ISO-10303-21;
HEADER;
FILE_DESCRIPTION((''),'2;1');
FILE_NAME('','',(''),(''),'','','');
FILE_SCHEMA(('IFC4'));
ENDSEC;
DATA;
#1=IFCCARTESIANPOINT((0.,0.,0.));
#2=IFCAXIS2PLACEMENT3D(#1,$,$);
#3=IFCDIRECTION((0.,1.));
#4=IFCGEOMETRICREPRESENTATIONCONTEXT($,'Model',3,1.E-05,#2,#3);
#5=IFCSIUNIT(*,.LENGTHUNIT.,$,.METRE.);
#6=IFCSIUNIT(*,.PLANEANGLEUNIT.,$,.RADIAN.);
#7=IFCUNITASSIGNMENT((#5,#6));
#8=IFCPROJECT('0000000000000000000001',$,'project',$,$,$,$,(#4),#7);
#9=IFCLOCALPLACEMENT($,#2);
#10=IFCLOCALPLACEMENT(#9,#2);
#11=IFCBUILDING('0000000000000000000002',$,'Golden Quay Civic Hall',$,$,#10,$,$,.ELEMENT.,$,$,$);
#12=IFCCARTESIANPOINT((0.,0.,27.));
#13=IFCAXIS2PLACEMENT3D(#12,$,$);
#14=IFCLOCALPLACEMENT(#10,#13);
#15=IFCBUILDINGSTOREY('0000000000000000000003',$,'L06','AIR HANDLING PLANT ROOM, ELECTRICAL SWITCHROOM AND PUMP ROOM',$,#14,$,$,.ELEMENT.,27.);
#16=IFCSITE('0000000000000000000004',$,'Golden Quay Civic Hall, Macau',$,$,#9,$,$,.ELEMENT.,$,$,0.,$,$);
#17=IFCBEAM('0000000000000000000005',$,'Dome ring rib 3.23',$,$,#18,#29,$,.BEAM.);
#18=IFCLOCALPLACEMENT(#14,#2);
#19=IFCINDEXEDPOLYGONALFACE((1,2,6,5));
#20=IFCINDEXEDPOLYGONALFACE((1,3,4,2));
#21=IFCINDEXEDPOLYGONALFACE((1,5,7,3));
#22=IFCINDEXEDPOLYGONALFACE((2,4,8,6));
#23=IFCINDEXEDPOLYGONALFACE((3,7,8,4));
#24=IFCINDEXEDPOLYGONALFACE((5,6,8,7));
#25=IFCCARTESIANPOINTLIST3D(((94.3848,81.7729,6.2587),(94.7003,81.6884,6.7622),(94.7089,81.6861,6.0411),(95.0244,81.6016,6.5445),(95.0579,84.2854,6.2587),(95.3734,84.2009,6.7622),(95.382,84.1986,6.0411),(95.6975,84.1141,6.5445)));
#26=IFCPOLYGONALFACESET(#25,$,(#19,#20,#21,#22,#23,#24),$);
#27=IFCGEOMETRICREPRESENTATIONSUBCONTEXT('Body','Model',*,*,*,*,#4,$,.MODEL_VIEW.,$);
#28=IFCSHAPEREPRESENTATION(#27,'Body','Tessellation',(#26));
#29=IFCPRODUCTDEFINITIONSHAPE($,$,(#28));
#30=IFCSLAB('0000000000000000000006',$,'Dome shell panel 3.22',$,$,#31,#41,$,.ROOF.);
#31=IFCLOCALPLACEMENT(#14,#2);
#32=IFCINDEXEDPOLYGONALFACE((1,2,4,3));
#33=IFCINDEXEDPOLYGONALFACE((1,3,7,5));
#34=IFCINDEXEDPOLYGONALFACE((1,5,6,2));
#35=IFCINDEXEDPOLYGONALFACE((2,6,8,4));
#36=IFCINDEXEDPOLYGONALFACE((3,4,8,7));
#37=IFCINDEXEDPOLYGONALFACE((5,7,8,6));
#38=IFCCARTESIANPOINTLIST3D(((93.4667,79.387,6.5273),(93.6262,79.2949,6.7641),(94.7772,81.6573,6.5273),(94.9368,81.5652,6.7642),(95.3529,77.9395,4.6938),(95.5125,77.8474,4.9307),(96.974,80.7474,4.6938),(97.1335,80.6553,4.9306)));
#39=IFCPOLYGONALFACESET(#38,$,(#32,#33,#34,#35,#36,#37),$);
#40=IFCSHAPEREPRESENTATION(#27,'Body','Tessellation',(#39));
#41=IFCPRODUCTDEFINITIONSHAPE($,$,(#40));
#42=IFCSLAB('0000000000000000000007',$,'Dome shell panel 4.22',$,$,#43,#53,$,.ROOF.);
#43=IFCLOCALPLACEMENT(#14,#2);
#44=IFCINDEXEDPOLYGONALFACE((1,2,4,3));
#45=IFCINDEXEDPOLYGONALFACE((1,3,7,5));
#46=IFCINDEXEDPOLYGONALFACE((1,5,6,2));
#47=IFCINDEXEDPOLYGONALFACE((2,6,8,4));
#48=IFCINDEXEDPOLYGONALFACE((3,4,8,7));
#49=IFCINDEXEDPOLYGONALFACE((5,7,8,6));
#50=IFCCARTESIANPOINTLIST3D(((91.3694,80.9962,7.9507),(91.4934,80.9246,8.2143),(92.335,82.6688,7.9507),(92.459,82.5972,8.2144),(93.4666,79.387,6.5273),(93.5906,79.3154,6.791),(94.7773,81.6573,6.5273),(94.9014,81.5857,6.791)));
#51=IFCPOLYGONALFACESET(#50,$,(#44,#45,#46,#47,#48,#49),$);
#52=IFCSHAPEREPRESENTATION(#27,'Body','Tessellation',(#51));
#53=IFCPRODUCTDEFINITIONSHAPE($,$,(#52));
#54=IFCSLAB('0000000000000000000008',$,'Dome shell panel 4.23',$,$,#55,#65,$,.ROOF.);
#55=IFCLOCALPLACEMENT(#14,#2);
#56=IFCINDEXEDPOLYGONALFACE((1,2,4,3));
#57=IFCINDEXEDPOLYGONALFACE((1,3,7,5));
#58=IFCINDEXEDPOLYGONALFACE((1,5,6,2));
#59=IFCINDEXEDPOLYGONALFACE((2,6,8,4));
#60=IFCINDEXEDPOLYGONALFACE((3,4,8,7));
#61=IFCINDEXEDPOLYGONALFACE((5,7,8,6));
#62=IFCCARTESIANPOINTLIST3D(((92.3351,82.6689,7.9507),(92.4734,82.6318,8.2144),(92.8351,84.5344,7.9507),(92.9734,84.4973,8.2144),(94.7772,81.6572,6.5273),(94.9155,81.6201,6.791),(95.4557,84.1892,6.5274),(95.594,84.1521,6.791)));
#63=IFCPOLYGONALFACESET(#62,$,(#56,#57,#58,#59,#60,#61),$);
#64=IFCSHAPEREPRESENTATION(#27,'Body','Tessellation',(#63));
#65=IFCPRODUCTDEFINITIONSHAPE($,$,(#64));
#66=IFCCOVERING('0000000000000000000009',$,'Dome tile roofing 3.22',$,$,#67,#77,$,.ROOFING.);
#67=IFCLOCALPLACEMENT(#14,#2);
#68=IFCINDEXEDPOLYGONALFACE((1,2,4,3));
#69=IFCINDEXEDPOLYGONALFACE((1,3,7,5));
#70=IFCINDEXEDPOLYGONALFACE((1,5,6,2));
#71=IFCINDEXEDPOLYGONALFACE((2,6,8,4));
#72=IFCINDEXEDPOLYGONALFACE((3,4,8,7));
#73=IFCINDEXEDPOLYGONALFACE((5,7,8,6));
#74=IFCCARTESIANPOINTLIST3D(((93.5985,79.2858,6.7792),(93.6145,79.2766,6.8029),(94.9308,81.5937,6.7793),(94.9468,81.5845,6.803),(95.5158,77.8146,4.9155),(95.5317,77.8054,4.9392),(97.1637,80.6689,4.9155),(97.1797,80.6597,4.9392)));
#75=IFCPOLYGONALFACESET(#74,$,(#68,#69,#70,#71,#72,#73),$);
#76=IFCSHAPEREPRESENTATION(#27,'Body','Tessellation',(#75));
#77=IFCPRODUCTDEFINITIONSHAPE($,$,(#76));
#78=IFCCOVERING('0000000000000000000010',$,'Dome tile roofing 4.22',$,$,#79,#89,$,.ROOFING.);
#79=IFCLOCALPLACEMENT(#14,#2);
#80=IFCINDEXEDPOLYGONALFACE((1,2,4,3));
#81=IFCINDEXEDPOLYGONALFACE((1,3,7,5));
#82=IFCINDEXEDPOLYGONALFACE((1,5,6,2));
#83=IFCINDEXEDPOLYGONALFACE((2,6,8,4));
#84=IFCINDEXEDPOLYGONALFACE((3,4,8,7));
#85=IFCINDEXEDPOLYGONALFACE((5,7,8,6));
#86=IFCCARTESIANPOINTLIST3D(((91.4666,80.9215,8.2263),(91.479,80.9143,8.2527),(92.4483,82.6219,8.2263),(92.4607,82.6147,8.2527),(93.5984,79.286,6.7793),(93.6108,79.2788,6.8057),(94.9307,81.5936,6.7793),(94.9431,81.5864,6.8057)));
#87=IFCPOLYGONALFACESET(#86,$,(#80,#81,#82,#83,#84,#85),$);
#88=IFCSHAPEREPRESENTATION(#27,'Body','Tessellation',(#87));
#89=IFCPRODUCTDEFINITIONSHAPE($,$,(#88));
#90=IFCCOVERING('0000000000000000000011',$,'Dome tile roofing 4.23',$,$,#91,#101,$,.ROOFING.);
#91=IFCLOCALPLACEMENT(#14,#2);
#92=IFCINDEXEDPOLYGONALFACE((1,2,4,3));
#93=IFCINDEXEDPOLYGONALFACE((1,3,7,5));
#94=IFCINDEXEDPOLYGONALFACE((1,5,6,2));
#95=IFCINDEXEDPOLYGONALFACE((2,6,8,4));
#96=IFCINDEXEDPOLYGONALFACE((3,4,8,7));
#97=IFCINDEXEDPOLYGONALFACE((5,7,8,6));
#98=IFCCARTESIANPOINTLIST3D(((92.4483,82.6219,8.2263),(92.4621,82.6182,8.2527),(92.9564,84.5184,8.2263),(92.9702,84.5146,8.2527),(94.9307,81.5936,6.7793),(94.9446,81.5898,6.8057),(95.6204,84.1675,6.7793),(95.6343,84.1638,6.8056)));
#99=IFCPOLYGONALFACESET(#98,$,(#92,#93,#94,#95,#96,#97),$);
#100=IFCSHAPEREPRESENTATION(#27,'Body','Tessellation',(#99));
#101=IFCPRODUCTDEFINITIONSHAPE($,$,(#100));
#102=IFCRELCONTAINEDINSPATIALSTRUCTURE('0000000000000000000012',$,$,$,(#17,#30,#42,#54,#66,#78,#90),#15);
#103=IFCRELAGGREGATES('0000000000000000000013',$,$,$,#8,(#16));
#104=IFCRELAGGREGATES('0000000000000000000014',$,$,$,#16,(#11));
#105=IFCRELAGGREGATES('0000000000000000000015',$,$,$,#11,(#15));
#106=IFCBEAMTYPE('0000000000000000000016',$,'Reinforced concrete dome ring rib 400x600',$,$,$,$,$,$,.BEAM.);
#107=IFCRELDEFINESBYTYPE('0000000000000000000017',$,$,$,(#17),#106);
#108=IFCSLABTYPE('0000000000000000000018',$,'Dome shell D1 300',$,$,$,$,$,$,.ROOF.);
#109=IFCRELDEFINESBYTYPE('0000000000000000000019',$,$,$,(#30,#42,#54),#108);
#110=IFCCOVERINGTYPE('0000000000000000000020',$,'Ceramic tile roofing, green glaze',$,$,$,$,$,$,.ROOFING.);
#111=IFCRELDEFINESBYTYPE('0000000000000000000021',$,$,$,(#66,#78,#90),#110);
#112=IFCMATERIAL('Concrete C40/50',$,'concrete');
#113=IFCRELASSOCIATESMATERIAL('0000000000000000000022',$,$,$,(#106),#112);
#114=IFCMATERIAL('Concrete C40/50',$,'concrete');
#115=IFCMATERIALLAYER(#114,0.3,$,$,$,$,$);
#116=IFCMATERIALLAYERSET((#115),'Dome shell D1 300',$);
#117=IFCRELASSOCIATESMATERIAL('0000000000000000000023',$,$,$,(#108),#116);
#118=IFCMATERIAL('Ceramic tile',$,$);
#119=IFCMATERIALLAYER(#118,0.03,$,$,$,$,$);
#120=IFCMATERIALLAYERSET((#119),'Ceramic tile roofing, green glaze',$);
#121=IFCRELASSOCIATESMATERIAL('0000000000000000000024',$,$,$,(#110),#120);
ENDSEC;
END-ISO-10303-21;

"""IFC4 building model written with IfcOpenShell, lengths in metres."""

from ifc_helpers import new_model, si_unit, direction, frame, origin, origin_2d, place, context, subcontext, project, spatial, polyline, rectangle, outline, extrude, material, layer, layer_set, material_profile, profile_set, type_object, element, save


model = new_model("IFC4")

# Units and contexts
model_context = context("Model", 3, precision=1e-05, world=origin(), true_north=direction((0.0, 1.0)))
body_context = subcontext(model_context, "Body", "Model", "MODEL_VIEW")
ifc_project = project(units=[si_unit("LENGTHUNIT", "METRE"), si_unit("PLANEANGLEUNIT", "RADIAN")], contexts=[model_context])

# Site, building, storey
site_placement = place(None, origin())
site = spatial("IfcSite", under=ifc_project, at=site_placement, Name="Golden Quay Civic Hall, Macau", CompositionType="ELEMENT", RefElevation=0.0)
building_placement = place(site_placement, origin())
building = spatial("IfcBuilding", under=site, at=building_placement, Name="Golden Quay Civic Hall", CompositionType="ELEMENT")
storey_placement = place(building_placement, frame((0.0, 0.0, 27.0)))
storey = spatial("IfcBuildingStorey", under=building, at=storey_placement, Name="L06", Description="AIR HANDLING PLANT ROOM, ELECTRICAL SWITCHROOM AND PUMP ROOM", CompositionType="ELEMENT", Elevation=27.0)

# Beam
ifc_material_1 = material(Name="Concrete C40/50", Category="concrete")
ifc_material_profile_1 = material_profile(ifc_material_1, rectangle(XDim=0.3999, YDim=0.6001, at=origin_2d()), Name="RC 400x600")
ifc_profile_set_1 = profile_set([ifc_material_profile_1], Name="Concrete C40/50")
beam_type_1 = type_object("IfcBeamType", Name="Reinforced concrete dome ring rib 400x600", PredefinedType="BEAM", material=ifc_profile_set_1)
beam_1_placement = place(storey_placement, frame((94.7046, 81.6873, 6.4016), z_axis=(0.258778, 0.965937, 0.0), x_axis=(-0.810373, 0.217102, 0.544209)))
element("IfcBeam", 1, at=beam_1_placement, inside=storey, type_object=beam_type_1, Name="Dome ring rib 3.23", PredefinedType="BEAM", context=body_context, shape_type="SweptSolid", body=[
    extrude(rectangle(XDim=0.3999, YDim=0.6001, at=origin_2d()), origin(), (0.0, 0.0, 1.0), 2.6011),
])

# Slabs
ifc_material_2 = material(Name="Concrete C40/50", Category="concrete")
ifc_layer_1 = layer(ifc_material_2, 0.3)
ifc_layer_set_1 = layer_set([ifc_layer_1], Name="Dome shell D1 300")
slab_type = type_object("IfcSlabType", Name="Dome shell D1 300", PredefinedType="ROOF", material=ifc_layer_set_1)
slab_1_placement = place(storey_placement, frame((95.5125, 77.8474, 4.9307), z_axis=(0.531698, -0.306954, 0.789352), x_axis=(0.499986, 0.866034, -0.000012)))
element("IfcSlab", 2, at=slab_1_placement, inside=storey, type_object=slab_type, Name="Dome shell panel 3.22", PredefinedType="ROOF", context=body_context, shape_type="SweptSolid", body=[
    extrude(outline(polyline([(0.0, 0.0), (3.2422, 0.0), (2.9319, 2.9865), (0.3105, 2.9864), (0.0, 0.0)])), origin(), (0.0, 0.0, -1.0), 0.3),
])
slab_2_placement = place(storey_placement, frame((93.5906, 79.3154, 6.791), z_axis=(0.413311, -0.23862, 0.878769), x_axis=(0.50001, 0.86602, -0.000011)))
element("IfcSlab", 3, at=slab_2_placement, inside=storey, type_object=slab_type, Name="Dome shell panel 4.22", PredefinedType="ROOF", context=body_context, shape_type="SweptSolid", body=[
    extrude(outline(polyline([(0.0, 0.0), (2.6215, 0.0), (2.2762, 2.9824), (0.3449, 2.9823), (0.0, 0.0)])), origin(), (0.0, 0.0, -1.0), 0.3),
])
slab_3_placement = place(storey_placement, frame((94.9155, 81.6201, 6.791), z_axis=(0.460997, -0.123542, 0.87876), x_axis=(0.258834, 0.965922, 0.000011)))
element("IfcSlab", 4, at=slab_3_placement, inside=storey, type_object=slab_type, Name="Dome shell panel 4.23", PredefinedType="ROOF", context=body_context, shape_type="SweptSolid", body=[
    extrude(outline(polyline([(0.0, 0.0), (2.6213, 0.0), (2.2765, 2.9822), (0.3451, 2.9823), (0.0, 0.0)])), origin(), (0.0, 0.0, -1.0), 0.3),
])

# Coverings
ifc_material_3 = material(Name="Ceramic tile")
ifc_layer_2 = layer(ifc_material_3, 0.03)
ifc_layer_set_2 = layer_set([ifc_layer_2], Name="Ceramic tile roofing, green glaze")
covering_type = type_object("IfcCoveringType", Name="Ceramic tile roofing, green glaze", PredefinedType="ROOFING", material=ifc_layer_set_2)
covering_1_placement = place(storey_placement, frame((95.5317, 77.8054, 4.9392), z_axis=(0.531723, -0.306978, 0.789326), x_axis=(0.500001, 0.866025, -0.000015)))
element("IfcCovering", 5, at=covering_1_placement, inside=storey, type_object=covering_type, Name="Dome tile roofing 3.22", PredefinedType="ROOFING", context=body_context, shape_type="SweptSolid", body=[
    extrude(outline(polyline([(0.0, 0.0), (3.2958, 0.0), (2.9802, 3.0357), (0.3154, 3.0355), (0.0, 0.0)])), origin(), (0.0, 0.0, -1.0), 0.03),
])
covering_2_placement = place(storey_placement, frame((93.6108, 79.2788, 6.8057), z_axis=(0.413367, -0.238648, 0.878735), x_axis=(0.499991, 0.866031, -0.000003)))
element("IfcCovering", 6, at=covering_2_placement, inside=storey, type_object=covering_type, Name="Dome tile roofing 4.22", PredefinedType="ROOFING", context=body_context, shape_type="SweptSolid", body=[
    extrude(outline(polyline([(0.0, 0.0), (2.6646, 0.0), (2.314, 3.0316), (0.3505, 3.0316), (0.0, 0.0)])), origin(), (0.0, 0.0, -1.0), 0.03),
])
covering_3_placement = place(storey_placement, frame((94.9446, 81.5898, 6.8057), z_axis=(0.461042, -0.123525, 0.878739), x_axis=(0.258815, 0.965927, -0.000009)))
element("IfcCovering", 7, at=covering_3_placement, inside=storey, type_object=covering_type, Name="Dome tile roofing 4.23", PredefinedType="ROOFING", context=body_context, shape_type="SweptSolid", body=[
    extrude(outline(polyline([(0.0, 0.0), (2.6648, 0.0), (2.3141, 3.0317), (0.3508, 3.0316), (0.0, 0.0)])), origin(), (0.0, 0.0, -1.0), 0.03),
])

save(model, "model.ifc")
